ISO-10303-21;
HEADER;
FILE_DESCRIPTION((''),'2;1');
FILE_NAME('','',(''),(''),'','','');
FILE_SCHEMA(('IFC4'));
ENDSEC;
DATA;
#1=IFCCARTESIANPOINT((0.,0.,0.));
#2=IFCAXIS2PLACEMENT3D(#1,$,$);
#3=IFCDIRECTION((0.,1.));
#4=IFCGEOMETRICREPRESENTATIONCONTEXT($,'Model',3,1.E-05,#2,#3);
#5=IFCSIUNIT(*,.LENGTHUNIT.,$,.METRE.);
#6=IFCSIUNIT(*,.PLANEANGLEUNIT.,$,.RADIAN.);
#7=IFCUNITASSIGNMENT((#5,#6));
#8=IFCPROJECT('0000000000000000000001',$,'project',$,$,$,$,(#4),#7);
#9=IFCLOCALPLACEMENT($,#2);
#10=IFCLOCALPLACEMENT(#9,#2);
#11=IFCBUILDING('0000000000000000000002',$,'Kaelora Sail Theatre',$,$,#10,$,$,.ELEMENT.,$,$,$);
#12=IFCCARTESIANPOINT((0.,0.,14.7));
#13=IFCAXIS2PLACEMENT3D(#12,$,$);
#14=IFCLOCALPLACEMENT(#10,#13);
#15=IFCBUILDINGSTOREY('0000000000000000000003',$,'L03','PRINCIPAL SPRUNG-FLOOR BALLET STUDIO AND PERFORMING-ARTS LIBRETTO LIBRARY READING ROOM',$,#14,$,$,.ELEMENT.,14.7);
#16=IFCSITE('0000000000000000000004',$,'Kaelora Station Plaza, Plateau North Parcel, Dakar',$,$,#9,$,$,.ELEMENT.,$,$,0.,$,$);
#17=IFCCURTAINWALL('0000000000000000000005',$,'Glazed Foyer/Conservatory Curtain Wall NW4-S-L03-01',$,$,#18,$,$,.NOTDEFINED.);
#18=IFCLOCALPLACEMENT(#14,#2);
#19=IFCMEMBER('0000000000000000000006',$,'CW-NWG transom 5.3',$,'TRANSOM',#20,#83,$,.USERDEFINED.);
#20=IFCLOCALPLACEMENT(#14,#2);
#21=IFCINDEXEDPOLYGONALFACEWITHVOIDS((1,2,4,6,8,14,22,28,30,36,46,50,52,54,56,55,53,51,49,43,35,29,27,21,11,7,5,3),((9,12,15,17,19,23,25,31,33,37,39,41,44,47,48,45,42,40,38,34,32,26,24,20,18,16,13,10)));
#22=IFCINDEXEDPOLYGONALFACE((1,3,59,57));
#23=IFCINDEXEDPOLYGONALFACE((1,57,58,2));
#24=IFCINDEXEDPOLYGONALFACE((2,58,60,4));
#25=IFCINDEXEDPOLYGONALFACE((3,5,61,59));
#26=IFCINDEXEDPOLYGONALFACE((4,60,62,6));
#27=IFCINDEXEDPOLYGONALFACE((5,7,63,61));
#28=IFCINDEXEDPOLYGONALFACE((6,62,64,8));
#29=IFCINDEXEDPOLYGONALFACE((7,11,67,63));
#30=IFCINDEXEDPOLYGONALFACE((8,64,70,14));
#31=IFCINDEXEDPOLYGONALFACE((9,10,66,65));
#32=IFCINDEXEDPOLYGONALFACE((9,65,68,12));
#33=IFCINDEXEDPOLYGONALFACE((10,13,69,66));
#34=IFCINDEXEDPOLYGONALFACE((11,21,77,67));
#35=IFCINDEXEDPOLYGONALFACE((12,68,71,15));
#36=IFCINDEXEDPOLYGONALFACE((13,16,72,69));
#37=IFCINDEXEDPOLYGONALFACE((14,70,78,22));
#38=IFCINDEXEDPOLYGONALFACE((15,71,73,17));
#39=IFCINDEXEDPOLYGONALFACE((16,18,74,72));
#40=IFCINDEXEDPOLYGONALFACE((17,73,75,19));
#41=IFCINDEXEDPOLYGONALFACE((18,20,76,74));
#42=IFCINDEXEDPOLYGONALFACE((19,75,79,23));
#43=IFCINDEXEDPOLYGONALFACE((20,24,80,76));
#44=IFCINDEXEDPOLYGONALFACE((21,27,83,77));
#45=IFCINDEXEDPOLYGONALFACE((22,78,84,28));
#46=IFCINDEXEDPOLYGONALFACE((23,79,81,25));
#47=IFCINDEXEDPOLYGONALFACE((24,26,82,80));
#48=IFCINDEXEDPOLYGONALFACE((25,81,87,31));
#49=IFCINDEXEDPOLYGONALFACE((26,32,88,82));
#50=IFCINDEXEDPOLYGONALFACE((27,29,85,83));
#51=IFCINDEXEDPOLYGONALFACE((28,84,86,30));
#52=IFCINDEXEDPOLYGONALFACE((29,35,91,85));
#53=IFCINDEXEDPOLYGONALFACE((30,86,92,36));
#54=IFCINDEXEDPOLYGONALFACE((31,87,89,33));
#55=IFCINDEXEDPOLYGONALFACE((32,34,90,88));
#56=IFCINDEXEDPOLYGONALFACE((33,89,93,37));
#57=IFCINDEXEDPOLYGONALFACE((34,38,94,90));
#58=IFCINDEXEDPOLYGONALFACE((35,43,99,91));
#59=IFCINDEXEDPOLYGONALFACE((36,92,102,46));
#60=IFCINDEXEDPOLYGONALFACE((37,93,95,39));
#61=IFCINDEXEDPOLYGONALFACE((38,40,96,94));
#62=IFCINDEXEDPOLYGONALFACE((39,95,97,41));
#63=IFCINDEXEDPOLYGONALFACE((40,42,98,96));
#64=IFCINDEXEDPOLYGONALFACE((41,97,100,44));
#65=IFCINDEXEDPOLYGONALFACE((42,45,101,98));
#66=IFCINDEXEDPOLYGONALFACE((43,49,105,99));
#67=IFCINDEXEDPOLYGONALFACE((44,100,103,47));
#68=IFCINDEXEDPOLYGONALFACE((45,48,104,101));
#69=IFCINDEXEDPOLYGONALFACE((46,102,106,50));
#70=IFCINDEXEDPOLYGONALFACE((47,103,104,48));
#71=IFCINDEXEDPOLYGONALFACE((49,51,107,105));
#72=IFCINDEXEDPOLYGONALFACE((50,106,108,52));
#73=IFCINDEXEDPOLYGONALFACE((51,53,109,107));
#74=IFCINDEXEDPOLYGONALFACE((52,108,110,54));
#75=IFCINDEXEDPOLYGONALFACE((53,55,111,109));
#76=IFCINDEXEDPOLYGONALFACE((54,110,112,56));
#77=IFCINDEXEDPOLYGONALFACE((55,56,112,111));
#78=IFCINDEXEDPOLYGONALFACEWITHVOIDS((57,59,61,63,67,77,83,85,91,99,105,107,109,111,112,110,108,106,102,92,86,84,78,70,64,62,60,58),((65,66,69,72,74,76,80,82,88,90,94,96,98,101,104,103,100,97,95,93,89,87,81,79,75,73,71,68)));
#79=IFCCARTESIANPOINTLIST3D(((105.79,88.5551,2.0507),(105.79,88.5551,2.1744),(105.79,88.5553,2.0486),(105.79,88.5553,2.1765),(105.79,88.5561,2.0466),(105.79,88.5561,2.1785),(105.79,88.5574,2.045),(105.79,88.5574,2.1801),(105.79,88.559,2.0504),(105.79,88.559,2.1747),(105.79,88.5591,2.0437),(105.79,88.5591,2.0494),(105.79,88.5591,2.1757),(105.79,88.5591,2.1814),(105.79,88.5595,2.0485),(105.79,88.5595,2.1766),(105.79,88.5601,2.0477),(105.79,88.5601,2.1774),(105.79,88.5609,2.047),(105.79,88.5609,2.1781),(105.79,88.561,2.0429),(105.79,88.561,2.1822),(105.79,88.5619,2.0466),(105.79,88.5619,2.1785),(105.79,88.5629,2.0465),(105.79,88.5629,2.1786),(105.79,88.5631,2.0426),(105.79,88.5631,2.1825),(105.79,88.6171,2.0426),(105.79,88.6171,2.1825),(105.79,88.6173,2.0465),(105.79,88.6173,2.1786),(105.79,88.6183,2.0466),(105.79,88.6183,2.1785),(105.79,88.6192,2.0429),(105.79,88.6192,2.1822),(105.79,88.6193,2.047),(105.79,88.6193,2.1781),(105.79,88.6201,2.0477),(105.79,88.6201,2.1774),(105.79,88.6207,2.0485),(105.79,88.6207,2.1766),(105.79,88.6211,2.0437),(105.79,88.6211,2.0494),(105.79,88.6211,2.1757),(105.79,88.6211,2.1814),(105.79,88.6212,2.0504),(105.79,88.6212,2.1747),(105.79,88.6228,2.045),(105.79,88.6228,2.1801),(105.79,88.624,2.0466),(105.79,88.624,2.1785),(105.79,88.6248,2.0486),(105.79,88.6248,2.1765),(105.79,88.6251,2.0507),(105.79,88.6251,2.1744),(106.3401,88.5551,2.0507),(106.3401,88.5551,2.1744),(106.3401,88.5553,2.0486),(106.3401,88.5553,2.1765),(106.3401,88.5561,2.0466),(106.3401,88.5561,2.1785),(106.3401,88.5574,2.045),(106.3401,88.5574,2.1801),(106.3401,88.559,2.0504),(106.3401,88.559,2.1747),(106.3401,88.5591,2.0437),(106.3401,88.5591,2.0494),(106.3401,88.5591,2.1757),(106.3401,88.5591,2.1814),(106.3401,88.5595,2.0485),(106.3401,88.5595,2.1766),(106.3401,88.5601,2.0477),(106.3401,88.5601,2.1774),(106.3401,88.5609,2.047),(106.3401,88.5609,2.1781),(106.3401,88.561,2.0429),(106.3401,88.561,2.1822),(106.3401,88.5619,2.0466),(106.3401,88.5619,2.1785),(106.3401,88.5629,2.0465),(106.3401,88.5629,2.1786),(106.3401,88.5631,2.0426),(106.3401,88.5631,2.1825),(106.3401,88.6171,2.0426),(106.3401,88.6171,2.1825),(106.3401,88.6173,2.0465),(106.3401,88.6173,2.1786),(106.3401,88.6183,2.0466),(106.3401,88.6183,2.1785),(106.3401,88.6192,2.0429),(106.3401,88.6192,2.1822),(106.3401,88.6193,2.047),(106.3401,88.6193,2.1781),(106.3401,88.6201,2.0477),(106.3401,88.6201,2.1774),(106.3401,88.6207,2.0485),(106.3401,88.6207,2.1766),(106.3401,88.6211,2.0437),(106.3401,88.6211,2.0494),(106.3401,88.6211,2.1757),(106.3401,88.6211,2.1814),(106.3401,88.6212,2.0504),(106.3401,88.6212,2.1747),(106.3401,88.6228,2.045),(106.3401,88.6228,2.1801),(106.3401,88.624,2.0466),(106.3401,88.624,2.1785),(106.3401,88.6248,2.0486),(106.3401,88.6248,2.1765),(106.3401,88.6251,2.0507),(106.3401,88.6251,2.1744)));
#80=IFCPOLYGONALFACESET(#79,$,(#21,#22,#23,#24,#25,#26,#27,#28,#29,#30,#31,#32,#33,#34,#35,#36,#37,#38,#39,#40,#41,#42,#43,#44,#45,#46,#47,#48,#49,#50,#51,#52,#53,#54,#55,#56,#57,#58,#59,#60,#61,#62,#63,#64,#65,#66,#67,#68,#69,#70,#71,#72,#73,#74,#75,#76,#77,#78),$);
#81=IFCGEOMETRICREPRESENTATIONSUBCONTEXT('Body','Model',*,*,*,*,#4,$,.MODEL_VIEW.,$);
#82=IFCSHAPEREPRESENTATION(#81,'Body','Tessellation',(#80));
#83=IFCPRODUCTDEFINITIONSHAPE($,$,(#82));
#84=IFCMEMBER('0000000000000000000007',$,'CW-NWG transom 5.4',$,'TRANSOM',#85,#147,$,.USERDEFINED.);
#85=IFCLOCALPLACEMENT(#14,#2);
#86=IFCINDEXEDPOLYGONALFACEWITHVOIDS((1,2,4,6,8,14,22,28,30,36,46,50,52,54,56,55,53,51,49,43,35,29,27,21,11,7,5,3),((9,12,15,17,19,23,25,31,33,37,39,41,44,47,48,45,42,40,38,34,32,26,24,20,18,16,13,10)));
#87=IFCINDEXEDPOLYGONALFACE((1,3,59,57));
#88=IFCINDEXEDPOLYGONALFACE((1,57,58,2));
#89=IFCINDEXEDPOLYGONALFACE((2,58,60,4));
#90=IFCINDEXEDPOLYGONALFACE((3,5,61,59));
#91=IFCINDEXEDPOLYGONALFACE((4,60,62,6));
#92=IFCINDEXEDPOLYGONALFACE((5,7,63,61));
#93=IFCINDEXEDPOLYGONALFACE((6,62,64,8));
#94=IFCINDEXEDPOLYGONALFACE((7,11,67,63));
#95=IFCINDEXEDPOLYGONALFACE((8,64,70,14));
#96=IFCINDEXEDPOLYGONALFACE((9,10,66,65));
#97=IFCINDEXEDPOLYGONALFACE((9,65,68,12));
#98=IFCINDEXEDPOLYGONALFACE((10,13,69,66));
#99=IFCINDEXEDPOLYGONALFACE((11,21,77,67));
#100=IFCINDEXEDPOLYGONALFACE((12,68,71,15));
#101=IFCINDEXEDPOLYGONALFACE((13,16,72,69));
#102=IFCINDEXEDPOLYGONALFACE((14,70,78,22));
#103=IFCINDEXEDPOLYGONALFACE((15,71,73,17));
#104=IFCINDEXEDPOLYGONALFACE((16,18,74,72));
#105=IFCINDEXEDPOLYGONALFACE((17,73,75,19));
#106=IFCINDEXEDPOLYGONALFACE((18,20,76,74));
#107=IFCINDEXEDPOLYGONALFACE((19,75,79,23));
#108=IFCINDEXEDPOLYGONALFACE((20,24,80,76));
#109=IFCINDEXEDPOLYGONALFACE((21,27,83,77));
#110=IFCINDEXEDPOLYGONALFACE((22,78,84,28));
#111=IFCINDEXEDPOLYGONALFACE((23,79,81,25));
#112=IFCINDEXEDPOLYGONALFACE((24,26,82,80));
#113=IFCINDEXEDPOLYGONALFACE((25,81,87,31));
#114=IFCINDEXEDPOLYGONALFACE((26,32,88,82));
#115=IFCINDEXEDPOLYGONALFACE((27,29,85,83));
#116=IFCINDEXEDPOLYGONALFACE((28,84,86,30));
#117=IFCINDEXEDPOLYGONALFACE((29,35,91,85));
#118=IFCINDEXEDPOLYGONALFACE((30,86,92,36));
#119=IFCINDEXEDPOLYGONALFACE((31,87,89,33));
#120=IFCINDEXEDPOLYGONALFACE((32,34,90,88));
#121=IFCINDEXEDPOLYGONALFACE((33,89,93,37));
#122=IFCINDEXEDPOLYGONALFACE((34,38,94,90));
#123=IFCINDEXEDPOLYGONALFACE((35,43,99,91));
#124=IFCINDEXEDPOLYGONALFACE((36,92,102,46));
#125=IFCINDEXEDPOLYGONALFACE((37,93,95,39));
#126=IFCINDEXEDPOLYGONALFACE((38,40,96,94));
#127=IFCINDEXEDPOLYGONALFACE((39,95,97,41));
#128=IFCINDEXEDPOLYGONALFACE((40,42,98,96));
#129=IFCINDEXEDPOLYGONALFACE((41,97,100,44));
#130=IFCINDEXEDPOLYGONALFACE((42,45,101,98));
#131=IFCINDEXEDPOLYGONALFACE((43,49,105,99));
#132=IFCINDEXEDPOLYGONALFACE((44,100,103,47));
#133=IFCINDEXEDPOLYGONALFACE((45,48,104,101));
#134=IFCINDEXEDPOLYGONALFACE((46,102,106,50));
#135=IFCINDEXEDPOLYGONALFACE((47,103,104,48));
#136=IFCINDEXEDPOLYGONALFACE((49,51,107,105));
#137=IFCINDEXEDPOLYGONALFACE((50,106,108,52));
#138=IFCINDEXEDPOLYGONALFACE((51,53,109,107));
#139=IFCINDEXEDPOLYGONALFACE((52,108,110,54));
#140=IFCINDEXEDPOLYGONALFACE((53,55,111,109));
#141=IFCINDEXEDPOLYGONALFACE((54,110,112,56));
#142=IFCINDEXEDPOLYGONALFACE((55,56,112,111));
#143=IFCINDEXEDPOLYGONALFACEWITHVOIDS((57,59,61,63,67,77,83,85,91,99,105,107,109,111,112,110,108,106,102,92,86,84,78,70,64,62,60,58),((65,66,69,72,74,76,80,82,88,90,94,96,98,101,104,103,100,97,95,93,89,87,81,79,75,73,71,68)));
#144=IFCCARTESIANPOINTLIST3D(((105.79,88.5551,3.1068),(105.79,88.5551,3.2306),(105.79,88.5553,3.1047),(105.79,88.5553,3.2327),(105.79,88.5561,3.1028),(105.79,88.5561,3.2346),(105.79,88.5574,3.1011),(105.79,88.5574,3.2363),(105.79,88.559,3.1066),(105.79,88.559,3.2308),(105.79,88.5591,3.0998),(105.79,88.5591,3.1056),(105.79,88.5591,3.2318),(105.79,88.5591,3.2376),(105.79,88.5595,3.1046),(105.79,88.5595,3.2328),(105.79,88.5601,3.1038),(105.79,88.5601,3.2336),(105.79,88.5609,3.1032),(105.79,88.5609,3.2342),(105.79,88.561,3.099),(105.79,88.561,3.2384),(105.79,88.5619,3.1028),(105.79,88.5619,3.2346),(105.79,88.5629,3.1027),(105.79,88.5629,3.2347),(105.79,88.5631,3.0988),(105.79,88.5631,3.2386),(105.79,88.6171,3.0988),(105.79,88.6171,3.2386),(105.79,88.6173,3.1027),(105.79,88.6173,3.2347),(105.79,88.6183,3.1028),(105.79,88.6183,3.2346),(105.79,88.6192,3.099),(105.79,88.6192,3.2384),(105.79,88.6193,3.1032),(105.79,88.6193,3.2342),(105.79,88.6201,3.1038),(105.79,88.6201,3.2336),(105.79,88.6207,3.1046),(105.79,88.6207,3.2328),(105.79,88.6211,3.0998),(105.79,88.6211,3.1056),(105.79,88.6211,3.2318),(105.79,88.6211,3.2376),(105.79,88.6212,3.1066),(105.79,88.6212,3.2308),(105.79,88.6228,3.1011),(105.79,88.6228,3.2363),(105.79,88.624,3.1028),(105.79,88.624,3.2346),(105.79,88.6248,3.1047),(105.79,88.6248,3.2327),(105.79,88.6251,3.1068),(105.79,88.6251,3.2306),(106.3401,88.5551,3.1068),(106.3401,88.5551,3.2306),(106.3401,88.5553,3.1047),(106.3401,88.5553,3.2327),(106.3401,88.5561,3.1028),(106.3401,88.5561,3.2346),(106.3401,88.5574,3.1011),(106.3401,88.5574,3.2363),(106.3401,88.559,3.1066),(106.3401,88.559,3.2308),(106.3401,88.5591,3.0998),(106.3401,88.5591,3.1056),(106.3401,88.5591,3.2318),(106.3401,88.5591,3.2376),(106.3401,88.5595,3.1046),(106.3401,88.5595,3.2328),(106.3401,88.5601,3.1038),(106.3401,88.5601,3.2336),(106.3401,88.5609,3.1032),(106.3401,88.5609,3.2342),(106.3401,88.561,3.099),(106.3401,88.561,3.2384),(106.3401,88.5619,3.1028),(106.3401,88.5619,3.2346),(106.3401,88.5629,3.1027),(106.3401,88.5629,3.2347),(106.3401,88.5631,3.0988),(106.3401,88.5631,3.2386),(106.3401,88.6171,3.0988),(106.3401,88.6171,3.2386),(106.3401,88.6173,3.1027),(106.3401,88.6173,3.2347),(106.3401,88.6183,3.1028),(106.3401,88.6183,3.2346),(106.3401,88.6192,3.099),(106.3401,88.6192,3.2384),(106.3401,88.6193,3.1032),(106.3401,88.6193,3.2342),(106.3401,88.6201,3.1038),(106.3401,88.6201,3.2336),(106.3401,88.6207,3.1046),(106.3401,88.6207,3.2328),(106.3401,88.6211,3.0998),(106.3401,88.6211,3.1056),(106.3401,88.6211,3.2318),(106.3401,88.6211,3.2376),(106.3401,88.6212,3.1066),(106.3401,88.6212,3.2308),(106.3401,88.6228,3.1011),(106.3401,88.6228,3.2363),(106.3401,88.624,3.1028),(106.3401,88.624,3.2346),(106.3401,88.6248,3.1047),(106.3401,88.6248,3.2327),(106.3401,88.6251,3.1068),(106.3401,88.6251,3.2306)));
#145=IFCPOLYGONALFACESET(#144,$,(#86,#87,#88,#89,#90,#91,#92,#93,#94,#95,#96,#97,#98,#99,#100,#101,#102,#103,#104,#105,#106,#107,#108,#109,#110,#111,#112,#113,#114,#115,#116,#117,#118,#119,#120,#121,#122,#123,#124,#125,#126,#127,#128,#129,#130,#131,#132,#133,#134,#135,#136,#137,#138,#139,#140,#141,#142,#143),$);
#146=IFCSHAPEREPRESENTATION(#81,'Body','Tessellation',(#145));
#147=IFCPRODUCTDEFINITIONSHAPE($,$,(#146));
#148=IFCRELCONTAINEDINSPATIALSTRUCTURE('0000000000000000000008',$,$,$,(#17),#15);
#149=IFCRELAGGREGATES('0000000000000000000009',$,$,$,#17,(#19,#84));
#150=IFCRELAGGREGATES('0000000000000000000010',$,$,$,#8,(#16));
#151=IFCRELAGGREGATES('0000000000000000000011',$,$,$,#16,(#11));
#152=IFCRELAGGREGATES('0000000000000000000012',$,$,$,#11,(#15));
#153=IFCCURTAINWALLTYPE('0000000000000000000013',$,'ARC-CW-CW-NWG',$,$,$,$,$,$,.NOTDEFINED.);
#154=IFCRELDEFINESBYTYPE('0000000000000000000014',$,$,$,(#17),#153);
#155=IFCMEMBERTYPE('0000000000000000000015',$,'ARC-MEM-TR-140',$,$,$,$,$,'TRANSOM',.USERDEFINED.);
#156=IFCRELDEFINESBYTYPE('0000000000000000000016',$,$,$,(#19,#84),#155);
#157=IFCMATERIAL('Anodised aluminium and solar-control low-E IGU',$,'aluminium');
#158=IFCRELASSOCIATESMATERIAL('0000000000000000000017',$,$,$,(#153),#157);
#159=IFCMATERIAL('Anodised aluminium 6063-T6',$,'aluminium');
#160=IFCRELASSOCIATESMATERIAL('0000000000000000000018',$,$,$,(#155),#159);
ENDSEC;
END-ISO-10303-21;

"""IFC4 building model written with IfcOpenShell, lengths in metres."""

from ifc_helpers import new_model, si_unit, direction, frame, origin, origin_2d, place, context, subcontext, project, spatial, hollow_rectangle, extrude, material, material_profile, profile_set, type_object, element, aggregate, save


model = new_model("IFC4")

# Units and contexts
model_context = context("Model", 3, precision=1e-05, world=origin(), true_north=direction((0.0, 1.0)))
body_context = subcontext(model_context, "Body", "Model", "MODEL_VIEW")
ifc_project = project(units=[si_unit("LENGTHUNIT", "METRE"), si_unit("PLANEANGLEUNIT", "RADIAN")], contexts=[model_context])

# Site, building, storey
site_placement = place(None, origin())
site = spatial("IfcSite", under=ifc_project, at=site_placement, Name="Kaelora Station Plaza, Plateau North Parcel, Dakar", CompositionType="ELEMENT", RefElevation=0.0)
building_placement = place(site_placement, origin())
building = spatial("IfcBuilding", under=site, at=building_placement, Name="Kaelora Sail Theatre", CompositionType="ELEMENT")
storey_placement = place(building_placement, frame((0.0, 0.0, 14.7)))
storey = spatial("IfcBuildingStorey", under=building, at=storey_placement, Name="L03", Description="PRINCIPAL SPRUNG-FLOOR BALLET STUDIO AND PERFORMING-ARTS LIBRETTO LIBRARY READING ROOM", CompositionType="ELEMENT", Elevation=14.7)

# Curtain wall
ifc_material_1 = material(Name="Anodised aluminium and solar-control low-E IGU", Category="aluminium")
curtain_wall_type = type_object("IfcCurtainWallType", Name="ARC-CW-CW-NWG", PredefinedType="NOTDEFINED", material=ifc_material_1)
curtain_wall_1_placement = place(storey_placement, origin())
curtain_wall_1 = element("IfcCurtainWall", 1, at=curtain_wall_1_placement, inside=storey, type_object=curtain_wall_type, Name="Glazed Foyer/Conservatory Curtain Wall NW4-S-L03-01", PredefinedType="NOTDEFINED")

# Members
ifc_material_2 = material(Name="Anodised aluminium 6063-T6", Category="aluminium")
ifc_material_profile_1 = material_profile(ifc_material_2, hollow_rectangle(XDim=0.0701, YDim=0.1399, WallThickness=0.0039, InnerFilletRadius=0.0039, OuterFilletRadius=0.0081, at=origin_2d()), Name="ALU-TRAN 70x140x4")
ifc_profile_set_1 = profile_set([ifc_material_profile_1], Name="Anodised aluminium 6063-T6")
member_type_1 = type_object("IfcMemberType", Name="ARC-MEM-TR-140", ElementType="TRANSOM", PredefinedType="USERDEFINED", material=ifc_profile_set_1)
member_1_placement = place(storey_placement, frame((105.79, 88.5901, 2.1125), z_axis=(1.0, 0.0, 0.0), x_axis=(0.0, 1.0, 0.0)))
member_1 = element("IfcMember", 2, at=member_1_placement, type_object=member_type_1, Name="CW-NWG transom 5.3", ObjectType="TRANSOM", PredefinedType="USERDEFINED", context=body_context, shape_type="SweptSolid", body=[
    extrude(hollow_rectangle(XDim=0.0701, YDim=0.1399, WallThickness=0.0039, InnerFilletRadius=0.0039, OuterFilletRadius=0.0081, at=origin_2d()), origin(), (0.0, 0.0, 1.0), 0.55),
])
member_2_placement = place(storey_placement, frame((105.79, 88.5901, 3.1687), z_axis=(1.0, 0.0, 0.0), x_axis=(0.0, 1.0, 0.0)))
member_2 = element("IfcMember", 3, at=member_2_placement, type_object=member_type_1, Name="CW-NWG transom 5.4", ObjectType="TRANSOM", PredefinedType="USERDEFINED", context=body_context, shape_type="SweptSolid", body=[
    extrude(hollow_rectangle(XDim=0.0701, YDim=0.1399, WallThickness=0.0039, InnerFilletRadius=0.0039, OuterFilletRadius=0.0081, at=origin_2d()), origin(), (0.0, 0.0, 1.0), 0.55),
])

aggregate(curtain_wall_1, [member_1, member_2])

save(model, "model.ifc")
